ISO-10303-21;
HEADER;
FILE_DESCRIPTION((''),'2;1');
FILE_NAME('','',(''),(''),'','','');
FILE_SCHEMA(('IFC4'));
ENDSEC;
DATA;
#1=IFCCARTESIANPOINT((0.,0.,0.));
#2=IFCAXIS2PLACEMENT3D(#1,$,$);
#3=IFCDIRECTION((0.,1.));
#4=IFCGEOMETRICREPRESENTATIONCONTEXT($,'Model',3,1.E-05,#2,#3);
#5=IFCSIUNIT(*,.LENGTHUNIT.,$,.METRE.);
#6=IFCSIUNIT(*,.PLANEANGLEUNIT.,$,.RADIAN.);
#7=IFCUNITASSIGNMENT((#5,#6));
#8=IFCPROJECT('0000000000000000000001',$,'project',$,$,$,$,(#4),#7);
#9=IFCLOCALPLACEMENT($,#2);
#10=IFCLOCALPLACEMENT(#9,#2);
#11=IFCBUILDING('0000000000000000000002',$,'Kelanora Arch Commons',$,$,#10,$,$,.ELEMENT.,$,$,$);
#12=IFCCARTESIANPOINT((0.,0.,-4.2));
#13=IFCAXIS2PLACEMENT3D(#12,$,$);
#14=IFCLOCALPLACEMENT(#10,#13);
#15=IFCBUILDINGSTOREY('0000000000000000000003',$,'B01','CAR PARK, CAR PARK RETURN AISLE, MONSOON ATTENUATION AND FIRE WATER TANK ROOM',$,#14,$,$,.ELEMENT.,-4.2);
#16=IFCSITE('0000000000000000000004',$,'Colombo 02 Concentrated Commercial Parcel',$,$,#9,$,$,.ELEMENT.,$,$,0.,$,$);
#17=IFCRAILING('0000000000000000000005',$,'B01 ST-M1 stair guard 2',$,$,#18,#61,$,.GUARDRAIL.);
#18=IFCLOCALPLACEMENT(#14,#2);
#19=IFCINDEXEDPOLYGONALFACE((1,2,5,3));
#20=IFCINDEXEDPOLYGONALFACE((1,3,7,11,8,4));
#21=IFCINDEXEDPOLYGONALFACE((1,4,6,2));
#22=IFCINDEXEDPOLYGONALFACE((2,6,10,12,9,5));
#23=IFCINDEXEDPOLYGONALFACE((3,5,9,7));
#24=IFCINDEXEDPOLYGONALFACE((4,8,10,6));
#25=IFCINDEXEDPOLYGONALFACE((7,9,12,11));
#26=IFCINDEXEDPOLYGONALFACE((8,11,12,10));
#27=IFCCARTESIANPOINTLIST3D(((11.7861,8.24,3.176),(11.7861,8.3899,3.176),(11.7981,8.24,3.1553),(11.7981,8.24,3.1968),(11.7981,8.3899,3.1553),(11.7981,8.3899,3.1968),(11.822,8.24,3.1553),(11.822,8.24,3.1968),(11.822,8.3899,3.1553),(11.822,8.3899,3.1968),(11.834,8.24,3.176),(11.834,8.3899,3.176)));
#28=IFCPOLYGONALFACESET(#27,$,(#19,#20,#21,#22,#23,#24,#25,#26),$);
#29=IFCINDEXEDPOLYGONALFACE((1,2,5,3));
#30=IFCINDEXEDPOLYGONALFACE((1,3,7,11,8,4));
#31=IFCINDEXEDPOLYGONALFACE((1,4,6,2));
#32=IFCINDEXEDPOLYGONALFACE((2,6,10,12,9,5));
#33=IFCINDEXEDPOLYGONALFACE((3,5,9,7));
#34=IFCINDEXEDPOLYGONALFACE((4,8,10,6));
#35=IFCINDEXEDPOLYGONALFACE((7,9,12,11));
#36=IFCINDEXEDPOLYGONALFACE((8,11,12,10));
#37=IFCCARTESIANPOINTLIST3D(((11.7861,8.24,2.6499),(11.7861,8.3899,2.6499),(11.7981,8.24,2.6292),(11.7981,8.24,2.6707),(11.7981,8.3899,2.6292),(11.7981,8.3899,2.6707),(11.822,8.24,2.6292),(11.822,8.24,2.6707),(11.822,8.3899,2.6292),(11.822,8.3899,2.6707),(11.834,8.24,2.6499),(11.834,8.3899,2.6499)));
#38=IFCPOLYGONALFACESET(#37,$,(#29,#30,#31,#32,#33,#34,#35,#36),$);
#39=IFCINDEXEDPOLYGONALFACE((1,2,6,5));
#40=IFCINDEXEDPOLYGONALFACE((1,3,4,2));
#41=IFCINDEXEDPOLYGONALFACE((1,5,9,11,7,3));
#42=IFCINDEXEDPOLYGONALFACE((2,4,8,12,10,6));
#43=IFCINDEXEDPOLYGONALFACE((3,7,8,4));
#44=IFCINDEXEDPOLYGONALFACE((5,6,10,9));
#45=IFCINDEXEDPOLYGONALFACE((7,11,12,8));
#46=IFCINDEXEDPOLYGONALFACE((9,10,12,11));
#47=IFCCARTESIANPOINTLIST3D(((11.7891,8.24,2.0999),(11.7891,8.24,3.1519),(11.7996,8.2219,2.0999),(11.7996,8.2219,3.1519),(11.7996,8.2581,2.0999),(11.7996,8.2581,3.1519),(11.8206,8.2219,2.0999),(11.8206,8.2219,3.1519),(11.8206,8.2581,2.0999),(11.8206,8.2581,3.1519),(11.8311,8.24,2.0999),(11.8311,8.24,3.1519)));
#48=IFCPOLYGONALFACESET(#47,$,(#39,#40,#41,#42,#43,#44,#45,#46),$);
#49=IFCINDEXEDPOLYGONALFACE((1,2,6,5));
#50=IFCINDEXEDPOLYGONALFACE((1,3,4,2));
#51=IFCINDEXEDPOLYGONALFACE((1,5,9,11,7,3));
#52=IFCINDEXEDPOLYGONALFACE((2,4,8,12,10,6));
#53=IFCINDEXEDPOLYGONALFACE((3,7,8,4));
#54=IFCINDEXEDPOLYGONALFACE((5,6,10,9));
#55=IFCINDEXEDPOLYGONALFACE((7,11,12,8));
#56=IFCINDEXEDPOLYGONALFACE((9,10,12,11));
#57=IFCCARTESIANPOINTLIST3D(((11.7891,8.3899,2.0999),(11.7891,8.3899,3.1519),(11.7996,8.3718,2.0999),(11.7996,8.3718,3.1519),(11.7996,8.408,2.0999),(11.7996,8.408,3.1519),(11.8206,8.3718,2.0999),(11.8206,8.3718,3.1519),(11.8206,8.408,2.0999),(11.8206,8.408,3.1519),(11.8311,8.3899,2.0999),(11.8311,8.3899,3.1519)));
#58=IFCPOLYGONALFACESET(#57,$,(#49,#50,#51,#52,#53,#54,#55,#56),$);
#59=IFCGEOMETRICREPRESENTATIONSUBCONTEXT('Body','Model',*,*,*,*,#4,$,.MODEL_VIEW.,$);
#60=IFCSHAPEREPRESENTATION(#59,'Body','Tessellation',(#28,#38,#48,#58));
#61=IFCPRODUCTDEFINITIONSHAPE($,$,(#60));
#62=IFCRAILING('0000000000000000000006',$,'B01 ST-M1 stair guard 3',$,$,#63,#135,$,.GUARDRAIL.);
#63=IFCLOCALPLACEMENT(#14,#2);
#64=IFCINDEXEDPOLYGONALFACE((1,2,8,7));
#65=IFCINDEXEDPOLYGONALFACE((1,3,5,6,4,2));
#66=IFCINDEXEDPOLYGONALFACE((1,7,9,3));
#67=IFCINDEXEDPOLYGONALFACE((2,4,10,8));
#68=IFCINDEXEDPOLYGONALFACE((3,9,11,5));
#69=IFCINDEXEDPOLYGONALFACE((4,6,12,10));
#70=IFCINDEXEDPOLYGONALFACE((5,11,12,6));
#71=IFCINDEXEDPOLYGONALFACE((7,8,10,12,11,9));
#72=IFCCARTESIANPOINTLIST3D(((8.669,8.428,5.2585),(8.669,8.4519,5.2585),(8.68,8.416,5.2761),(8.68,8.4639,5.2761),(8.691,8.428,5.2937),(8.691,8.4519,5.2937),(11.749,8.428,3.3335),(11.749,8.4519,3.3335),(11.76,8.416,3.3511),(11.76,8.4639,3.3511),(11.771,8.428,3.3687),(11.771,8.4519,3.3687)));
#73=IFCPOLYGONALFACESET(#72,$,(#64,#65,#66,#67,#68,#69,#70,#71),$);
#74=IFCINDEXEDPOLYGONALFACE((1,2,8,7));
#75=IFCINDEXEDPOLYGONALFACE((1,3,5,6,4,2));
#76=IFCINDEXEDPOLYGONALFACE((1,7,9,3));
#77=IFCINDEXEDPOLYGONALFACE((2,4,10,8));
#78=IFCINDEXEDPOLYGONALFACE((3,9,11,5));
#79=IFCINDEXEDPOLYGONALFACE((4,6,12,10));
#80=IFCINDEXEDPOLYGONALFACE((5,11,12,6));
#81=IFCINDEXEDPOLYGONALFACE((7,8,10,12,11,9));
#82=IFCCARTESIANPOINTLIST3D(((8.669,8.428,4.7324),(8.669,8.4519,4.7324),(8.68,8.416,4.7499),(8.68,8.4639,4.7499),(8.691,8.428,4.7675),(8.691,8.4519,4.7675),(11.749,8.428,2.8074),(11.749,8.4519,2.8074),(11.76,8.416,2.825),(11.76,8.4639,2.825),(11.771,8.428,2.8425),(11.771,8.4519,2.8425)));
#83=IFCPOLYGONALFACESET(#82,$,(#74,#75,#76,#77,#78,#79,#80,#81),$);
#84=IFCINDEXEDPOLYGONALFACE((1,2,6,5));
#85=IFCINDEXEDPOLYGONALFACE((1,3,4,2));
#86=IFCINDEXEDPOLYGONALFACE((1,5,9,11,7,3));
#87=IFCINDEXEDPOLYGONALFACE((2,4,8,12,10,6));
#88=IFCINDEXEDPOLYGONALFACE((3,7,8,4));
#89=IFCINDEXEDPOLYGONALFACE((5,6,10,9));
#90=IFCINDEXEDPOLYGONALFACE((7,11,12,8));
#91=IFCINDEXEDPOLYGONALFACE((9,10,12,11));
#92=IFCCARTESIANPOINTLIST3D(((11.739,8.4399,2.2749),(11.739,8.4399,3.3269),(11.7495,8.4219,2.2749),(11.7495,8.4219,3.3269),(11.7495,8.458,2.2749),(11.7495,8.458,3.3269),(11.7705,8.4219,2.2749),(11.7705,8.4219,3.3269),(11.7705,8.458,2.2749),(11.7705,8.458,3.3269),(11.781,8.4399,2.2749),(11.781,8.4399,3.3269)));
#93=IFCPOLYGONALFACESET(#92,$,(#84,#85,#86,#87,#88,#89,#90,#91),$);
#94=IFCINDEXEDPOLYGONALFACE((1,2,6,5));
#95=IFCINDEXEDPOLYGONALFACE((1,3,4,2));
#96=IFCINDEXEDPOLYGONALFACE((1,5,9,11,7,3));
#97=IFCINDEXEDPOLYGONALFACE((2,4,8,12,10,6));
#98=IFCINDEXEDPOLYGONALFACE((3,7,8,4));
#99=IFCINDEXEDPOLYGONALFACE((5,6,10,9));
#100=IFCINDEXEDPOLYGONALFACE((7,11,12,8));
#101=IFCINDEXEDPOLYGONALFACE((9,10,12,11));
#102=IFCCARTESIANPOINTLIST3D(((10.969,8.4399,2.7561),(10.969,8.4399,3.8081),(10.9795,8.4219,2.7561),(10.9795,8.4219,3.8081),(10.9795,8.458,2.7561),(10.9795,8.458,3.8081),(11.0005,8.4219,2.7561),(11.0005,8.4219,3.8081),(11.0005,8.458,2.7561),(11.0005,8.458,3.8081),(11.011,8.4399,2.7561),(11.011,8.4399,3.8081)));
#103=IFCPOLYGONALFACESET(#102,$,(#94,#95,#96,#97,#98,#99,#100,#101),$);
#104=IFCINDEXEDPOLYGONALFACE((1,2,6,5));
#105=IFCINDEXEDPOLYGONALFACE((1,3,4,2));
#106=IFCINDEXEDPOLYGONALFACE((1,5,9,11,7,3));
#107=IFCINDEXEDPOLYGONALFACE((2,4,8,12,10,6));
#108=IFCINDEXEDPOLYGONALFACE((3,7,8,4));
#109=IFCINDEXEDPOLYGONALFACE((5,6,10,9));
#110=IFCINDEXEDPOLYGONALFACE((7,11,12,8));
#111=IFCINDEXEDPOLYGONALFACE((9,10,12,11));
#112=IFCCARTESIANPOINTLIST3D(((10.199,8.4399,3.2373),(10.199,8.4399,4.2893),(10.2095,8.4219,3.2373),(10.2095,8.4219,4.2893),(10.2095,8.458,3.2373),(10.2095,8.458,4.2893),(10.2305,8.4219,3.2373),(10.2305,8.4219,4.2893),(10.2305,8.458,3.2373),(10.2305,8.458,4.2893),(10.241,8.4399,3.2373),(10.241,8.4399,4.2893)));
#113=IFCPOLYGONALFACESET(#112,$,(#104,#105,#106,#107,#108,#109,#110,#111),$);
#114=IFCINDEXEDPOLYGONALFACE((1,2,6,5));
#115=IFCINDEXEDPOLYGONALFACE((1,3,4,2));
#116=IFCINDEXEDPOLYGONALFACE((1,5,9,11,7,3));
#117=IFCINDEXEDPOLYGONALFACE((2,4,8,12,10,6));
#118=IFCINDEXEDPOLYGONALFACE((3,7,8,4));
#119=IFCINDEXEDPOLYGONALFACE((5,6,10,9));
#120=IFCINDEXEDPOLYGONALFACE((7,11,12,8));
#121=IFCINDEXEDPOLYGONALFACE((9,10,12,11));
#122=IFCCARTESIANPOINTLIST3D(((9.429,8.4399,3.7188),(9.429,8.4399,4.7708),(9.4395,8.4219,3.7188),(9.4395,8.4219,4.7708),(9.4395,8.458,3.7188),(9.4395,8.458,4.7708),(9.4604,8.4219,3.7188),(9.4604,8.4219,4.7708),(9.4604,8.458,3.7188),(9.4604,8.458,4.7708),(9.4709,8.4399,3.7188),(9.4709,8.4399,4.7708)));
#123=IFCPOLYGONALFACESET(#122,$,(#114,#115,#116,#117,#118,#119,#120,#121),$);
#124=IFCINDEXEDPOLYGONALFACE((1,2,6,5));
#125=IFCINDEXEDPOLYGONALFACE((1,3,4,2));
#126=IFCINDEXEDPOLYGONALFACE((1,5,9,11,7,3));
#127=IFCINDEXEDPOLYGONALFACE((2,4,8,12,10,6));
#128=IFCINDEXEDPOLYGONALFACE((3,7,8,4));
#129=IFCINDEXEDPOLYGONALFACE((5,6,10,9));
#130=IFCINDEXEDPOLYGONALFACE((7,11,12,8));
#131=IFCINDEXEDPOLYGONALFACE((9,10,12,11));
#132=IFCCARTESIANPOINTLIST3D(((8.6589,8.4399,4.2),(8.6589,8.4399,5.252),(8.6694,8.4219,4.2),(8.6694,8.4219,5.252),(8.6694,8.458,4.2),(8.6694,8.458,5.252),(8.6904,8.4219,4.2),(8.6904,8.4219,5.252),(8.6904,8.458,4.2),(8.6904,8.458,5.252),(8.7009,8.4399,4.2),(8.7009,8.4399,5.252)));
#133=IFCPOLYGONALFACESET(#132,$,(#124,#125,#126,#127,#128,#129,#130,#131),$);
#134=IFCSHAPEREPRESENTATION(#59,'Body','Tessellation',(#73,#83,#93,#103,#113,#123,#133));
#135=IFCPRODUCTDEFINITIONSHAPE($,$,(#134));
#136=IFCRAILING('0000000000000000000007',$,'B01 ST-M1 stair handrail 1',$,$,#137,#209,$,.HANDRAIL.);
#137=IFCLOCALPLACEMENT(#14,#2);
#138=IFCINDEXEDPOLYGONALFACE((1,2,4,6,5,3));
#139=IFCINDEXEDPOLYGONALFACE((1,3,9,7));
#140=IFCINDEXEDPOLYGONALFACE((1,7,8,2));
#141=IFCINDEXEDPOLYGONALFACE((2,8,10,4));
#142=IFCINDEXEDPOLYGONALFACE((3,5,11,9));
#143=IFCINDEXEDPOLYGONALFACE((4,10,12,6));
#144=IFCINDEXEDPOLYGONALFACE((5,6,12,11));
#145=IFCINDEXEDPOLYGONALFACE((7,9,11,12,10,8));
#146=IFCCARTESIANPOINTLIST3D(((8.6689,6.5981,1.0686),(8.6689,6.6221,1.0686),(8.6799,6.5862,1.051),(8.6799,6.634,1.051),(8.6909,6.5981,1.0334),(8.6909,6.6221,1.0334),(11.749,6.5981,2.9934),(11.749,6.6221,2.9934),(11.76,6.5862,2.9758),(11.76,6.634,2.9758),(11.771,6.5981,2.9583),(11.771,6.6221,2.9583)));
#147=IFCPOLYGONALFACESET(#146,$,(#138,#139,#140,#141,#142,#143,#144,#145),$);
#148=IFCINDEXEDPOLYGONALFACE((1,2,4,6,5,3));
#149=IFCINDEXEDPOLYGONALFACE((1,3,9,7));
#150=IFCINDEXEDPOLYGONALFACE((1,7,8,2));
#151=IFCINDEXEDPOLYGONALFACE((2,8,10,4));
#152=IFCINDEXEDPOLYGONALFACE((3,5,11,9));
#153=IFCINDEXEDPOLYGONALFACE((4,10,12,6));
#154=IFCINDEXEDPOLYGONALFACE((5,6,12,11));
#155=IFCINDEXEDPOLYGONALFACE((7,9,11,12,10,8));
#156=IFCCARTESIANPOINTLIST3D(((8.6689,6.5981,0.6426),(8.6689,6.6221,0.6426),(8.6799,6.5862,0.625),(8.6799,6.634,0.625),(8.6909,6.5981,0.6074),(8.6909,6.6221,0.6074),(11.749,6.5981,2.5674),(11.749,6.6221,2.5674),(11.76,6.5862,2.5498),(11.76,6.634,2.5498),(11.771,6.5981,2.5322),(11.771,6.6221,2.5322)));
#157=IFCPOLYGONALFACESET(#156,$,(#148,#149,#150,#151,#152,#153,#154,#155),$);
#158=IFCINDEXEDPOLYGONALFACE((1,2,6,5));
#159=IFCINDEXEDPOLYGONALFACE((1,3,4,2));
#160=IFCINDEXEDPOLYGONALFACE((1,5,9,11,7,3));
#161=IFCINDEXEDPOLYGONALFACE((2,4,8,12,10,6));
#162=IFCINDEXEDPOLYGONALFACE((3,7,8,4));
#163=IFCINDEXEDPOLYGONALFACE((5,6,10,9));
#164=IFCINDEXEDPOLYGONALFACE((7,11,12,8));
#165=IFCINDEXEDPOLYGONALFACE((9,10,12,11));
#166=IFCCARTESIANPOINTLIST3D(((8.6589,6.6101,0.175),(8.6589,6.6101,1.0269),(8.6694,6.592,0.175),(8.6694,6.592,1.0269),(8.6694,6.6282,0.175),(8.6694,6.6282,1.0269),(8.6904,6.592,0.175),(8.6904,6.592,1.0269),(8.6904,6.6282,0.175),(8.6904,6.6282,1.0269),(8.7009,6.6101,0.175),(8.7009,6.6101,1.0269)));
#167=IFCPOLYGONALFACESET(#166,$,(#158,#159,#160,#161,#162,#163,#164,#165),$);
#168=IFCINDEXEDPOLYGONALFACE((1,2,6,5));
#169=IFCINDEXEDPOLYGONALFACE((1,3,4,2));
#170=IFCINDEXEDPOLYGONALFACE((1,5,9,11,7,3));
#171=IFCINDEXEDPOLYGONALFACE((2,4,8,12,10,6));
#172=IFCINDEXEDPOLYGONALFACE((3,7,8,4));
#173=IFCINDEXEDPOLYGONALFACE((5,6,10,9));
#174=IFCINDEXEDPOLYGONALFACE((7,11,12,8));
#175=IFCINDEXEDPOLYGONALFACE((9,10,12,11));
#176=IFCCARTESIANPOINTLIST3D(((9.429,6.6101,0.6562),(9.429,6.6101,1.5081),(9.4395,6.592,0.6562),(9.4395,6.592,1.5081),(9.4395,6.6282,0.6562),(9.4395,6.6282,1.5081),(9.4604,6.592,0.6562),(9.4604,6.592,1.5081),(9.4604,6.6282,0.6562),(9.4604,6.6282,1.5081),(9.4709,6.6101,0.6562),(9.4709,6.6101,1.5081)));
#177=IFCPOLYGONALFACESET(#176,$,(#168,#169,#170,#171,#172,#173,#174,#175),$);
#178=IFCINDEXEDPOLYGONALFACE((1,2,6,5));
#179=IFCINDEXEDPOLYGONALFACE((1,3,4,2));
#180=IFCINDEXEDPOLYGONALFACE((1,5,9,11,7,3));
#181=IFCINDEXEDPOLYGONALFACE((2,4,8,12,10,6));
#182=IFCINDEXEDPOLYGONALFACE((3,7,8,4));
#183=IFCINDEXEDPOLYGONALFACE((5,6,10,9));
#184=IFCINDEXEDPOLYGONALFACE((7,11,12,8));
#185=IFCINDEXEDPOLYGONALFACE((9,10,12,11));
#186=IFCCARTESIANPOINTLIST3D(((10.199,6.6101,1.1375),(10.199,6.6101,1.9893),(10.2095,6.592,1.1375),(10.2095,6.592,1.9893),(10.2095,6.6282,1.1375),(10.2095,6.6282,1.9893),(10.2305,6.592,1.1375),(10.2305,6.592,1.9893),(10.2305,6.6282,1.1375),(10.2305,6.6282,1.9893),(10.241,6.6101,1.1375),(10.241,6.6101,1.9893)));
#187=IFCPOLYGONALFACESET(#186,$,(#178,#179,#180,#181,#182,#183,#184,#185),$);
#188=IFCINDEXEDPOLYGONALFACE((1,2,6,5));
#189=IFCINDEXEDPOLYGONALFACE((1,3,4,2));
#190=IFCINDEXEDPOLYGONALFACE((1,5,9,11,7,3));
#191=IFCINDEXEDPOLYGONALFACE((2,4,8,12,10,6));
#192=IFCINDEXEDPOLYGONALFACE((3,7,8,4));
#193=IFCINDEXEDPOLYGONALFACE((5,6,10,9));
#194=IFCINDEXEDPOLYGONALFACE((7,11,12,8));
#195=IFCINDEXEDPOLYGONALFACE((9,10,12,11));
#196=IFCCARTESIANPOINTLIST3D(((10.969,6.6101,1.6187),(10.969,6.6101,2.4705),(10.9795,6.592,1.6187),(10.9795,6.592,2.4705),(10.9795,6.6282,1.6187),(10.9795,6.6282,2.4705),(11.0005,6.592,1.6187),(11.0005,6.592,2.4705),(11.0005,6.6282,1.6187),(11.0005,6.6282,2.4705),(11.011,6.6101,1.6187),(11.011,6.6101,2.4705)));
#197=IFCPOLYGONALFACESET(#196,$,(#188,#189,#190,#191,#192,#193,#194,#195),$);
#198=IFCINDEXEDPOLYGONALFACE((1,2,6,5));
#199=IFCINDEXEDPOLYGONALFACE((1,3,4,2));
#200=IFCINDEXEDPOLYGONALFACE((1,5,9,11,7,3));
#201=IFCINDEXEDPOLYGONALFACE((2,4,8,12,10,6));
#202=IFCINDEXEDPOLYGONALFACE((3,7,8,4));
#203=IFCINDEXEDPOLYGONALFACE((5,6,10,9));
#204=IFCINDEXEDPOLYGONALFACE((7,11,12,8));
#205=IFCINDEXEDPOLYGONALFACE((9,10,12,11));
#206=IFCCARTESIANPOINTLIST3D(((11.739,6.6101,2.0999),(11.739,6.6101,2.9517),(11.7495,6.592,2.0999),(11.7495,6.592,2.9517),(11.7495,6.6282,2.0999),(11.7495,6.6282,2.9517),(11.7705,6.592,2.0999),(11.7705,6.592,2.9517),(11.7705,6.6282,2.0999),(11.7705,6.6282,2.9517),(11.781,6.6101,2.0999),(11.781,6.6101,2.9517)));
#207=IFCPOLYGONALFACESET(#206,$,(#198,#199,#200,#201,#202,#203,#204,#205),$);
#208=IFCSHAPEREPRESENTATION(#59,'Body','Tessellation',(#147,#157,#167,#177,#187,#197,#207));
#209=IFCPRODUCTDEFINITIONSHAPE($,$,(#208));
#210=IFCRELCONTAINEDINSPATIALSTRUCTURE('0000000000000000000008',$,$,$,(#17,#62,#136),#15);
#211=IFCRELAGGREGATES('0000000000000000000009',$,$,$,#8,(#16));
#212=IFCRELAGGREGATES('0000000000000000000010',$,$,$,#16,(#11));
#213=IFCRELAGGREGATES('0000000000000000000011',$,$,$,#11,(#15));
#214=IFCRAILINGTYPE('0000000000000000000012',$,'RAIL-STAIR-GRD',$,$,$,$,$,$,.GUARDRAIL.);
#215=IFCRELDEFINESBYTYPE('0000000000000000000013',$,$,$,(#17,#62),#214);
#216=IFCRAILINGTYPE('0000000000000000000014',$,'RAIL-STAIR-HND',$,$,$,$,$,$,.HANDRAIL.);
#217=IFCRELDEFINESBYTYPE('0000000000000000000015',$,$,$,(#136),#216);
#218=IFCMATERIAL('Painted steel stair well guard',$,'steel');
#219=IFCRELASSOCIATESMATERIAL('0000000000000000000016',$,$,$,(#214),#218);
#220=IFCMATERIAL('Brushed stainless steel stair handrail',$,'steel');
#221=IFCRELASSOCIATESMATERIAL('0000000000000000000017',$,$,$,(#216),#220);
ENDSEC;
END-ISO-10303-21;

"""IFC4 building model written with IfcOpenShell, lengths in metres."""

from ifc_helpers import new_model, si_unit, direction, frame, origin, place, context, subcontext, project, spatial, polyline, outline, extrude, material, type_object, element, save


model = new_model("IFC4")

# Units and contexts
model_context = context("Model", 3, precision=1e-05, world=origin(), true_north=direction((0.0, 1.0)))
body_context = subcontext(model_context, "Body", "Model", "MODEL_VIEW")
ifc_project = project(units=[si_unit("LENGTHUNIT", "METRE"), si_unit("PLANEANGLEUNIT", "RADIAN")], contexts=[model_context])

# Site, building, storey
site_placement = place(None, origin())
site = spatial("IfcSite", under=ifc_project, at=site_placement, Name="Colombo 02 Concentrated Commercial Parcel", CompositionType="ELEMENT", RefElevation=0.0)
building_placement = place(site_placement, origin())
building = spatial("IfcBuilding", under=site, at=building_placement, Name="Kelanora Arch Commons", CompositionType="ELEMENT")
storey_placement = place(building_placement, frame((0.0, 0.0, -4.2)))
storey = spatial("IfcBuildingStorey", under=building, at=storey_placement, Name="B01", Description="CAR PARK, CAR PARK RETURN AISLE, MONSOON ATTENUATION AND FIRE WATER TANK ROOM", CompositionType="ELEMENT", Elevation=-4.2)

# Railings
ifc_material_1 = material(Name="Painted steel stair well guard", Category="steel")
railing_type_1 = type_object("IfcRailingType", Name="RAIL-STAIR-GRD", PredefinedType="GUARDRAIL", material=ifc_material_1)
railing_1_placement = place(storey_placement, frame((11.8101, 8.24, 2.0999)))
element("IfcRailing", 1, at=railing_1_placement, inside=storey, type_object=railing_type_1, Name="B01 ST-M1 stair guard 2", PredefinedType="GUARDRAIL", context=body_context, shape_type="SweptSolid", body=[
    extrude(outline(polyline([(0.0239, 0.0), (0.012, 0.0208), (-0.012, 0.0208), (-0.0239, 0.0), (-0.012, -0.0208), (0.012, -0.0208), (0.0239, 0.0)])), frame((0.0, 0.0, 1.0762), z_axis=(0.0, 1.0, 0.0), x_axis=(-1.0, 0.0, 0.0)), (0.0, 0.0, 1.0), 0.1499),
    extrude(outline(polyline([(0.0239, 0.0), (0.012, 0.0208), (-0.012, 0.0208), (-0.0239, 0.0), (-0.012, -0.0208), (0.012, -0.0208), (0.0239, 0.0)])), frame((0.0, 0.0, 0.55), z_axis=(0.0, 1.0, 0.0), x_axis=(-1.0, 0.0, 0.0)), (0.0, 0.0, 1.0), 0.1499),
    extrude(outline(polyline([(0.021, 0.0), (0.0105, 0.0181), (-0.0105, 0.0181), (-0.021, 0.0), (-0.0105, -0.0181), (0.0105, -0.0181), (0.021, 0.0)])), origin(), (0.0, 0.0, 1.0), 1.052),
    extrude(outline(polyline([(0.021, 0.0), (0.0105, 0.0181), (-0.0105, 0.0181), (-0.021, 0.0), (-0.0105, -0.0181), (0.0105, -0.0181), (0.021, 0.0)])), frame((0.0, 0.1499, 0.0)), (0.0, 0.0, 1.0), 1.052),
])
railing_2_placement = place(storey_placement, frame((11.76, 8.4399, 2.2749)))
element("IfcRailing", 2, at=railing_2_placement, inside=storey, type_object=railing_type_1, Name="B01 ST-M1 stair guard 3", PredefinedType="GUARDRAIL", context=body_context, shape_type="SweptSolid", body=[
    extrude(outline(polyline([(0.0239, 0.0), (0.012, 0.0208), (-0.012, 0.0208), (-0.0239, 0.0), (-0.012, -0.0208), (0.012, -0.0208), (0.0239, 0.0)])), frame((0.0, 0.0, 1.0762), z_axis=(-0.847998, 0.0, 0.529999), x_axis=(0.0, -1.0, 0.0)), (0.0, 0.0, 1.0), 3.6321),
    extrude(outline(polyline([(0.0239, 0.0), (0.012, 0.0208), (-0.012, 0.0208), (-0.0239, 0.0), (-0.012, -0.0208), (0.012, -0.0208), (0.0239, 0.0)])), frame((0.0, 0.0, 0.55), z_axis=(-0.847998, 0.0, 0.529999), x_axis=(0.0, -1.0, 0.0)), (0.0, 0.0, 1.0), 3.6321),
    extrude(outline(polyline([(0.021, 0.0), (0.0105, 0.0181), (-0.0105, 0.0181), (-0.021, 0.0), (-0.0105, -0.0181), (0.0105, -0.0181), (0.021, 0.0)])), origin(), (0.0, 0.0, 1.0), 1.052),
    extrude(outline(polyline([(0.021, 0.0), (0.0105, 0.0181), (-0.0105, 0.0181), (-0.021, 0.0), (-0.0105, -0.0181), (0.0105, -0.0181), (0.021, 0.0)])), frame((-0.77, 0.0, 0.4812)), (0.0, 0.0, 1.0), 1.052),
    extrude(outline(polyline([(0.021, 0.0), (0.0105, 0.0181), (-0.0105, 0.0181), (-0.021, 0.0), (-0.0105, -0.0181), (0.0105, -0.0181), (0.021, 0.0)])), frame((-1.54, 0.0, 0.9624)), (0.0, 0.0, 1.0), 1.052),
    extrude(outline(polyline([(0.021, 0.0), (0.0105, 0.0181), (-0.0105, 0.0181), (-0.021, 0.0), (-0.0105, -0.0181), (0.0105, -0.0181), (0.021, 0.0)])), frame((-2.3101, 0.0, 1.4438)), (0.0, 0.0, 1.0), 1.052),
    extrude(outline(polyline([(0.021, 0.0), (0.0105, 0.0181), (-0.0105, 0.0181), (-0.021, 0.0), (-0.0105, -0.0181), (0.0105, -0.0181), (0.021, 0.0)])), frame((-3.0801, 0.0, 1.925)), (0.0, 0.0, 1.0), 1.052),
])
ifc_material_2 = material(Name="Brushed stainless steel stair handrail", Category="steel")
railing_type_2 = type_object("IfcRailingType", Name="RAIL-STAIR-HND", PredefinedType="HANDRAIL", material=ifc_material_2)
railing_3_placement = place(storey_placement, frame((8.6799, 6.6101, 0.175)))
element("IfcRailing", 3, at=railing_3_placement, inside=storey, type_object=railing_type_2, Name="B01 ST-M1 stair handrail 1", PredefinedType="HANDRAIL", context=body_context, shape_type="SweptSolid", body=[
    extrude(outline(polyline([(0.0239, 0.0), (0.012, 0.0208), (-0.012, 0.0208), (-0.0239, 0.0), (-0.012, -0.0208), (0.012, -0.0208), (0.0239, 0.0)])), frame((0.0, 0.0, 0.876), z_axis=(0.848029, 0.0, 0.529951), x_axis=(0.0, 1.0, 0.0)), (0.0, 0.0, 1.0), 3.6321),
    extrude(outline(polyline([(0.0239, 0.0), (0.012, 0.0208), (-0.012, 0.0208), (-0.0239, 0.0), (-0.012, -0.0208), (0.012, -0.0208), (0.0239, 0.0)])), frame((0.0, 0.0, 0.45), z_axis=(0.848029, 0.0, 0.529951), x_axis=(0.0, 1.0, 0.0)), (0.0, 0.0, 1.0), 3.6321),
    extrude(outline(polyline([(0.021, 0.0), (0.0105, 0.0181), (-0.0105, 0.0181), (-0.021, 0.0), (-0.0105, -0.0181), (0.0105, -0.0181), (0.021, 0.0)])), origin(), (0.0, 0.0, 1.0), 0.8518),
    extrude(outline(polyline([(0.021, 0.0), (0.0105, 0.0181), (-0.0105, 0.0181), (-0.021, 0.0), (-0.0105, -0.0181), (0.0105, -0.0181), (0.021, 0.0)])), frame((0.77, 0.0, 0.4812)), (0.0, 0.0, 1.0), 0.8518),
    extrude(outline(polyline([(0.021, 0.0), (0.0105, 0.0181), (-0.0105, 0.0181), (-0.021, 0.0), (-0.0105, -0.0181), (0.0105, -0.0181), (0.021, 0.0)])), frame((1.54, 0.0, 0.9624)), (0.0, 0.0, 1.0), 0.8518),
    extrude(outline(polyline([(0.021, 0.0), (0.0105, 0.0181), (-0.0105, 0.0181), (-0.021, 0.0), (-0.0105, -0.0181), (0.0105, -0.0181), (0.021, 0.0)])), frame((2.3101, 0.0, 1.4436)), (0.0, 0.0, 1.0), 0.8518),
    extrude(outline(polyline([(0.021, 0.0), (0.0105, 0.0181), (-0.0105, 0.0181), (-0.021, 0.0), (-0.0105, -0.0181), (0.0105, -0.0181), (0.021, 0.0)])), frame((3.0801, 0.0, 1.9248)), (0.0, 0.0, 1.0), 0.8518),
])

save(model, "model.ifc")
